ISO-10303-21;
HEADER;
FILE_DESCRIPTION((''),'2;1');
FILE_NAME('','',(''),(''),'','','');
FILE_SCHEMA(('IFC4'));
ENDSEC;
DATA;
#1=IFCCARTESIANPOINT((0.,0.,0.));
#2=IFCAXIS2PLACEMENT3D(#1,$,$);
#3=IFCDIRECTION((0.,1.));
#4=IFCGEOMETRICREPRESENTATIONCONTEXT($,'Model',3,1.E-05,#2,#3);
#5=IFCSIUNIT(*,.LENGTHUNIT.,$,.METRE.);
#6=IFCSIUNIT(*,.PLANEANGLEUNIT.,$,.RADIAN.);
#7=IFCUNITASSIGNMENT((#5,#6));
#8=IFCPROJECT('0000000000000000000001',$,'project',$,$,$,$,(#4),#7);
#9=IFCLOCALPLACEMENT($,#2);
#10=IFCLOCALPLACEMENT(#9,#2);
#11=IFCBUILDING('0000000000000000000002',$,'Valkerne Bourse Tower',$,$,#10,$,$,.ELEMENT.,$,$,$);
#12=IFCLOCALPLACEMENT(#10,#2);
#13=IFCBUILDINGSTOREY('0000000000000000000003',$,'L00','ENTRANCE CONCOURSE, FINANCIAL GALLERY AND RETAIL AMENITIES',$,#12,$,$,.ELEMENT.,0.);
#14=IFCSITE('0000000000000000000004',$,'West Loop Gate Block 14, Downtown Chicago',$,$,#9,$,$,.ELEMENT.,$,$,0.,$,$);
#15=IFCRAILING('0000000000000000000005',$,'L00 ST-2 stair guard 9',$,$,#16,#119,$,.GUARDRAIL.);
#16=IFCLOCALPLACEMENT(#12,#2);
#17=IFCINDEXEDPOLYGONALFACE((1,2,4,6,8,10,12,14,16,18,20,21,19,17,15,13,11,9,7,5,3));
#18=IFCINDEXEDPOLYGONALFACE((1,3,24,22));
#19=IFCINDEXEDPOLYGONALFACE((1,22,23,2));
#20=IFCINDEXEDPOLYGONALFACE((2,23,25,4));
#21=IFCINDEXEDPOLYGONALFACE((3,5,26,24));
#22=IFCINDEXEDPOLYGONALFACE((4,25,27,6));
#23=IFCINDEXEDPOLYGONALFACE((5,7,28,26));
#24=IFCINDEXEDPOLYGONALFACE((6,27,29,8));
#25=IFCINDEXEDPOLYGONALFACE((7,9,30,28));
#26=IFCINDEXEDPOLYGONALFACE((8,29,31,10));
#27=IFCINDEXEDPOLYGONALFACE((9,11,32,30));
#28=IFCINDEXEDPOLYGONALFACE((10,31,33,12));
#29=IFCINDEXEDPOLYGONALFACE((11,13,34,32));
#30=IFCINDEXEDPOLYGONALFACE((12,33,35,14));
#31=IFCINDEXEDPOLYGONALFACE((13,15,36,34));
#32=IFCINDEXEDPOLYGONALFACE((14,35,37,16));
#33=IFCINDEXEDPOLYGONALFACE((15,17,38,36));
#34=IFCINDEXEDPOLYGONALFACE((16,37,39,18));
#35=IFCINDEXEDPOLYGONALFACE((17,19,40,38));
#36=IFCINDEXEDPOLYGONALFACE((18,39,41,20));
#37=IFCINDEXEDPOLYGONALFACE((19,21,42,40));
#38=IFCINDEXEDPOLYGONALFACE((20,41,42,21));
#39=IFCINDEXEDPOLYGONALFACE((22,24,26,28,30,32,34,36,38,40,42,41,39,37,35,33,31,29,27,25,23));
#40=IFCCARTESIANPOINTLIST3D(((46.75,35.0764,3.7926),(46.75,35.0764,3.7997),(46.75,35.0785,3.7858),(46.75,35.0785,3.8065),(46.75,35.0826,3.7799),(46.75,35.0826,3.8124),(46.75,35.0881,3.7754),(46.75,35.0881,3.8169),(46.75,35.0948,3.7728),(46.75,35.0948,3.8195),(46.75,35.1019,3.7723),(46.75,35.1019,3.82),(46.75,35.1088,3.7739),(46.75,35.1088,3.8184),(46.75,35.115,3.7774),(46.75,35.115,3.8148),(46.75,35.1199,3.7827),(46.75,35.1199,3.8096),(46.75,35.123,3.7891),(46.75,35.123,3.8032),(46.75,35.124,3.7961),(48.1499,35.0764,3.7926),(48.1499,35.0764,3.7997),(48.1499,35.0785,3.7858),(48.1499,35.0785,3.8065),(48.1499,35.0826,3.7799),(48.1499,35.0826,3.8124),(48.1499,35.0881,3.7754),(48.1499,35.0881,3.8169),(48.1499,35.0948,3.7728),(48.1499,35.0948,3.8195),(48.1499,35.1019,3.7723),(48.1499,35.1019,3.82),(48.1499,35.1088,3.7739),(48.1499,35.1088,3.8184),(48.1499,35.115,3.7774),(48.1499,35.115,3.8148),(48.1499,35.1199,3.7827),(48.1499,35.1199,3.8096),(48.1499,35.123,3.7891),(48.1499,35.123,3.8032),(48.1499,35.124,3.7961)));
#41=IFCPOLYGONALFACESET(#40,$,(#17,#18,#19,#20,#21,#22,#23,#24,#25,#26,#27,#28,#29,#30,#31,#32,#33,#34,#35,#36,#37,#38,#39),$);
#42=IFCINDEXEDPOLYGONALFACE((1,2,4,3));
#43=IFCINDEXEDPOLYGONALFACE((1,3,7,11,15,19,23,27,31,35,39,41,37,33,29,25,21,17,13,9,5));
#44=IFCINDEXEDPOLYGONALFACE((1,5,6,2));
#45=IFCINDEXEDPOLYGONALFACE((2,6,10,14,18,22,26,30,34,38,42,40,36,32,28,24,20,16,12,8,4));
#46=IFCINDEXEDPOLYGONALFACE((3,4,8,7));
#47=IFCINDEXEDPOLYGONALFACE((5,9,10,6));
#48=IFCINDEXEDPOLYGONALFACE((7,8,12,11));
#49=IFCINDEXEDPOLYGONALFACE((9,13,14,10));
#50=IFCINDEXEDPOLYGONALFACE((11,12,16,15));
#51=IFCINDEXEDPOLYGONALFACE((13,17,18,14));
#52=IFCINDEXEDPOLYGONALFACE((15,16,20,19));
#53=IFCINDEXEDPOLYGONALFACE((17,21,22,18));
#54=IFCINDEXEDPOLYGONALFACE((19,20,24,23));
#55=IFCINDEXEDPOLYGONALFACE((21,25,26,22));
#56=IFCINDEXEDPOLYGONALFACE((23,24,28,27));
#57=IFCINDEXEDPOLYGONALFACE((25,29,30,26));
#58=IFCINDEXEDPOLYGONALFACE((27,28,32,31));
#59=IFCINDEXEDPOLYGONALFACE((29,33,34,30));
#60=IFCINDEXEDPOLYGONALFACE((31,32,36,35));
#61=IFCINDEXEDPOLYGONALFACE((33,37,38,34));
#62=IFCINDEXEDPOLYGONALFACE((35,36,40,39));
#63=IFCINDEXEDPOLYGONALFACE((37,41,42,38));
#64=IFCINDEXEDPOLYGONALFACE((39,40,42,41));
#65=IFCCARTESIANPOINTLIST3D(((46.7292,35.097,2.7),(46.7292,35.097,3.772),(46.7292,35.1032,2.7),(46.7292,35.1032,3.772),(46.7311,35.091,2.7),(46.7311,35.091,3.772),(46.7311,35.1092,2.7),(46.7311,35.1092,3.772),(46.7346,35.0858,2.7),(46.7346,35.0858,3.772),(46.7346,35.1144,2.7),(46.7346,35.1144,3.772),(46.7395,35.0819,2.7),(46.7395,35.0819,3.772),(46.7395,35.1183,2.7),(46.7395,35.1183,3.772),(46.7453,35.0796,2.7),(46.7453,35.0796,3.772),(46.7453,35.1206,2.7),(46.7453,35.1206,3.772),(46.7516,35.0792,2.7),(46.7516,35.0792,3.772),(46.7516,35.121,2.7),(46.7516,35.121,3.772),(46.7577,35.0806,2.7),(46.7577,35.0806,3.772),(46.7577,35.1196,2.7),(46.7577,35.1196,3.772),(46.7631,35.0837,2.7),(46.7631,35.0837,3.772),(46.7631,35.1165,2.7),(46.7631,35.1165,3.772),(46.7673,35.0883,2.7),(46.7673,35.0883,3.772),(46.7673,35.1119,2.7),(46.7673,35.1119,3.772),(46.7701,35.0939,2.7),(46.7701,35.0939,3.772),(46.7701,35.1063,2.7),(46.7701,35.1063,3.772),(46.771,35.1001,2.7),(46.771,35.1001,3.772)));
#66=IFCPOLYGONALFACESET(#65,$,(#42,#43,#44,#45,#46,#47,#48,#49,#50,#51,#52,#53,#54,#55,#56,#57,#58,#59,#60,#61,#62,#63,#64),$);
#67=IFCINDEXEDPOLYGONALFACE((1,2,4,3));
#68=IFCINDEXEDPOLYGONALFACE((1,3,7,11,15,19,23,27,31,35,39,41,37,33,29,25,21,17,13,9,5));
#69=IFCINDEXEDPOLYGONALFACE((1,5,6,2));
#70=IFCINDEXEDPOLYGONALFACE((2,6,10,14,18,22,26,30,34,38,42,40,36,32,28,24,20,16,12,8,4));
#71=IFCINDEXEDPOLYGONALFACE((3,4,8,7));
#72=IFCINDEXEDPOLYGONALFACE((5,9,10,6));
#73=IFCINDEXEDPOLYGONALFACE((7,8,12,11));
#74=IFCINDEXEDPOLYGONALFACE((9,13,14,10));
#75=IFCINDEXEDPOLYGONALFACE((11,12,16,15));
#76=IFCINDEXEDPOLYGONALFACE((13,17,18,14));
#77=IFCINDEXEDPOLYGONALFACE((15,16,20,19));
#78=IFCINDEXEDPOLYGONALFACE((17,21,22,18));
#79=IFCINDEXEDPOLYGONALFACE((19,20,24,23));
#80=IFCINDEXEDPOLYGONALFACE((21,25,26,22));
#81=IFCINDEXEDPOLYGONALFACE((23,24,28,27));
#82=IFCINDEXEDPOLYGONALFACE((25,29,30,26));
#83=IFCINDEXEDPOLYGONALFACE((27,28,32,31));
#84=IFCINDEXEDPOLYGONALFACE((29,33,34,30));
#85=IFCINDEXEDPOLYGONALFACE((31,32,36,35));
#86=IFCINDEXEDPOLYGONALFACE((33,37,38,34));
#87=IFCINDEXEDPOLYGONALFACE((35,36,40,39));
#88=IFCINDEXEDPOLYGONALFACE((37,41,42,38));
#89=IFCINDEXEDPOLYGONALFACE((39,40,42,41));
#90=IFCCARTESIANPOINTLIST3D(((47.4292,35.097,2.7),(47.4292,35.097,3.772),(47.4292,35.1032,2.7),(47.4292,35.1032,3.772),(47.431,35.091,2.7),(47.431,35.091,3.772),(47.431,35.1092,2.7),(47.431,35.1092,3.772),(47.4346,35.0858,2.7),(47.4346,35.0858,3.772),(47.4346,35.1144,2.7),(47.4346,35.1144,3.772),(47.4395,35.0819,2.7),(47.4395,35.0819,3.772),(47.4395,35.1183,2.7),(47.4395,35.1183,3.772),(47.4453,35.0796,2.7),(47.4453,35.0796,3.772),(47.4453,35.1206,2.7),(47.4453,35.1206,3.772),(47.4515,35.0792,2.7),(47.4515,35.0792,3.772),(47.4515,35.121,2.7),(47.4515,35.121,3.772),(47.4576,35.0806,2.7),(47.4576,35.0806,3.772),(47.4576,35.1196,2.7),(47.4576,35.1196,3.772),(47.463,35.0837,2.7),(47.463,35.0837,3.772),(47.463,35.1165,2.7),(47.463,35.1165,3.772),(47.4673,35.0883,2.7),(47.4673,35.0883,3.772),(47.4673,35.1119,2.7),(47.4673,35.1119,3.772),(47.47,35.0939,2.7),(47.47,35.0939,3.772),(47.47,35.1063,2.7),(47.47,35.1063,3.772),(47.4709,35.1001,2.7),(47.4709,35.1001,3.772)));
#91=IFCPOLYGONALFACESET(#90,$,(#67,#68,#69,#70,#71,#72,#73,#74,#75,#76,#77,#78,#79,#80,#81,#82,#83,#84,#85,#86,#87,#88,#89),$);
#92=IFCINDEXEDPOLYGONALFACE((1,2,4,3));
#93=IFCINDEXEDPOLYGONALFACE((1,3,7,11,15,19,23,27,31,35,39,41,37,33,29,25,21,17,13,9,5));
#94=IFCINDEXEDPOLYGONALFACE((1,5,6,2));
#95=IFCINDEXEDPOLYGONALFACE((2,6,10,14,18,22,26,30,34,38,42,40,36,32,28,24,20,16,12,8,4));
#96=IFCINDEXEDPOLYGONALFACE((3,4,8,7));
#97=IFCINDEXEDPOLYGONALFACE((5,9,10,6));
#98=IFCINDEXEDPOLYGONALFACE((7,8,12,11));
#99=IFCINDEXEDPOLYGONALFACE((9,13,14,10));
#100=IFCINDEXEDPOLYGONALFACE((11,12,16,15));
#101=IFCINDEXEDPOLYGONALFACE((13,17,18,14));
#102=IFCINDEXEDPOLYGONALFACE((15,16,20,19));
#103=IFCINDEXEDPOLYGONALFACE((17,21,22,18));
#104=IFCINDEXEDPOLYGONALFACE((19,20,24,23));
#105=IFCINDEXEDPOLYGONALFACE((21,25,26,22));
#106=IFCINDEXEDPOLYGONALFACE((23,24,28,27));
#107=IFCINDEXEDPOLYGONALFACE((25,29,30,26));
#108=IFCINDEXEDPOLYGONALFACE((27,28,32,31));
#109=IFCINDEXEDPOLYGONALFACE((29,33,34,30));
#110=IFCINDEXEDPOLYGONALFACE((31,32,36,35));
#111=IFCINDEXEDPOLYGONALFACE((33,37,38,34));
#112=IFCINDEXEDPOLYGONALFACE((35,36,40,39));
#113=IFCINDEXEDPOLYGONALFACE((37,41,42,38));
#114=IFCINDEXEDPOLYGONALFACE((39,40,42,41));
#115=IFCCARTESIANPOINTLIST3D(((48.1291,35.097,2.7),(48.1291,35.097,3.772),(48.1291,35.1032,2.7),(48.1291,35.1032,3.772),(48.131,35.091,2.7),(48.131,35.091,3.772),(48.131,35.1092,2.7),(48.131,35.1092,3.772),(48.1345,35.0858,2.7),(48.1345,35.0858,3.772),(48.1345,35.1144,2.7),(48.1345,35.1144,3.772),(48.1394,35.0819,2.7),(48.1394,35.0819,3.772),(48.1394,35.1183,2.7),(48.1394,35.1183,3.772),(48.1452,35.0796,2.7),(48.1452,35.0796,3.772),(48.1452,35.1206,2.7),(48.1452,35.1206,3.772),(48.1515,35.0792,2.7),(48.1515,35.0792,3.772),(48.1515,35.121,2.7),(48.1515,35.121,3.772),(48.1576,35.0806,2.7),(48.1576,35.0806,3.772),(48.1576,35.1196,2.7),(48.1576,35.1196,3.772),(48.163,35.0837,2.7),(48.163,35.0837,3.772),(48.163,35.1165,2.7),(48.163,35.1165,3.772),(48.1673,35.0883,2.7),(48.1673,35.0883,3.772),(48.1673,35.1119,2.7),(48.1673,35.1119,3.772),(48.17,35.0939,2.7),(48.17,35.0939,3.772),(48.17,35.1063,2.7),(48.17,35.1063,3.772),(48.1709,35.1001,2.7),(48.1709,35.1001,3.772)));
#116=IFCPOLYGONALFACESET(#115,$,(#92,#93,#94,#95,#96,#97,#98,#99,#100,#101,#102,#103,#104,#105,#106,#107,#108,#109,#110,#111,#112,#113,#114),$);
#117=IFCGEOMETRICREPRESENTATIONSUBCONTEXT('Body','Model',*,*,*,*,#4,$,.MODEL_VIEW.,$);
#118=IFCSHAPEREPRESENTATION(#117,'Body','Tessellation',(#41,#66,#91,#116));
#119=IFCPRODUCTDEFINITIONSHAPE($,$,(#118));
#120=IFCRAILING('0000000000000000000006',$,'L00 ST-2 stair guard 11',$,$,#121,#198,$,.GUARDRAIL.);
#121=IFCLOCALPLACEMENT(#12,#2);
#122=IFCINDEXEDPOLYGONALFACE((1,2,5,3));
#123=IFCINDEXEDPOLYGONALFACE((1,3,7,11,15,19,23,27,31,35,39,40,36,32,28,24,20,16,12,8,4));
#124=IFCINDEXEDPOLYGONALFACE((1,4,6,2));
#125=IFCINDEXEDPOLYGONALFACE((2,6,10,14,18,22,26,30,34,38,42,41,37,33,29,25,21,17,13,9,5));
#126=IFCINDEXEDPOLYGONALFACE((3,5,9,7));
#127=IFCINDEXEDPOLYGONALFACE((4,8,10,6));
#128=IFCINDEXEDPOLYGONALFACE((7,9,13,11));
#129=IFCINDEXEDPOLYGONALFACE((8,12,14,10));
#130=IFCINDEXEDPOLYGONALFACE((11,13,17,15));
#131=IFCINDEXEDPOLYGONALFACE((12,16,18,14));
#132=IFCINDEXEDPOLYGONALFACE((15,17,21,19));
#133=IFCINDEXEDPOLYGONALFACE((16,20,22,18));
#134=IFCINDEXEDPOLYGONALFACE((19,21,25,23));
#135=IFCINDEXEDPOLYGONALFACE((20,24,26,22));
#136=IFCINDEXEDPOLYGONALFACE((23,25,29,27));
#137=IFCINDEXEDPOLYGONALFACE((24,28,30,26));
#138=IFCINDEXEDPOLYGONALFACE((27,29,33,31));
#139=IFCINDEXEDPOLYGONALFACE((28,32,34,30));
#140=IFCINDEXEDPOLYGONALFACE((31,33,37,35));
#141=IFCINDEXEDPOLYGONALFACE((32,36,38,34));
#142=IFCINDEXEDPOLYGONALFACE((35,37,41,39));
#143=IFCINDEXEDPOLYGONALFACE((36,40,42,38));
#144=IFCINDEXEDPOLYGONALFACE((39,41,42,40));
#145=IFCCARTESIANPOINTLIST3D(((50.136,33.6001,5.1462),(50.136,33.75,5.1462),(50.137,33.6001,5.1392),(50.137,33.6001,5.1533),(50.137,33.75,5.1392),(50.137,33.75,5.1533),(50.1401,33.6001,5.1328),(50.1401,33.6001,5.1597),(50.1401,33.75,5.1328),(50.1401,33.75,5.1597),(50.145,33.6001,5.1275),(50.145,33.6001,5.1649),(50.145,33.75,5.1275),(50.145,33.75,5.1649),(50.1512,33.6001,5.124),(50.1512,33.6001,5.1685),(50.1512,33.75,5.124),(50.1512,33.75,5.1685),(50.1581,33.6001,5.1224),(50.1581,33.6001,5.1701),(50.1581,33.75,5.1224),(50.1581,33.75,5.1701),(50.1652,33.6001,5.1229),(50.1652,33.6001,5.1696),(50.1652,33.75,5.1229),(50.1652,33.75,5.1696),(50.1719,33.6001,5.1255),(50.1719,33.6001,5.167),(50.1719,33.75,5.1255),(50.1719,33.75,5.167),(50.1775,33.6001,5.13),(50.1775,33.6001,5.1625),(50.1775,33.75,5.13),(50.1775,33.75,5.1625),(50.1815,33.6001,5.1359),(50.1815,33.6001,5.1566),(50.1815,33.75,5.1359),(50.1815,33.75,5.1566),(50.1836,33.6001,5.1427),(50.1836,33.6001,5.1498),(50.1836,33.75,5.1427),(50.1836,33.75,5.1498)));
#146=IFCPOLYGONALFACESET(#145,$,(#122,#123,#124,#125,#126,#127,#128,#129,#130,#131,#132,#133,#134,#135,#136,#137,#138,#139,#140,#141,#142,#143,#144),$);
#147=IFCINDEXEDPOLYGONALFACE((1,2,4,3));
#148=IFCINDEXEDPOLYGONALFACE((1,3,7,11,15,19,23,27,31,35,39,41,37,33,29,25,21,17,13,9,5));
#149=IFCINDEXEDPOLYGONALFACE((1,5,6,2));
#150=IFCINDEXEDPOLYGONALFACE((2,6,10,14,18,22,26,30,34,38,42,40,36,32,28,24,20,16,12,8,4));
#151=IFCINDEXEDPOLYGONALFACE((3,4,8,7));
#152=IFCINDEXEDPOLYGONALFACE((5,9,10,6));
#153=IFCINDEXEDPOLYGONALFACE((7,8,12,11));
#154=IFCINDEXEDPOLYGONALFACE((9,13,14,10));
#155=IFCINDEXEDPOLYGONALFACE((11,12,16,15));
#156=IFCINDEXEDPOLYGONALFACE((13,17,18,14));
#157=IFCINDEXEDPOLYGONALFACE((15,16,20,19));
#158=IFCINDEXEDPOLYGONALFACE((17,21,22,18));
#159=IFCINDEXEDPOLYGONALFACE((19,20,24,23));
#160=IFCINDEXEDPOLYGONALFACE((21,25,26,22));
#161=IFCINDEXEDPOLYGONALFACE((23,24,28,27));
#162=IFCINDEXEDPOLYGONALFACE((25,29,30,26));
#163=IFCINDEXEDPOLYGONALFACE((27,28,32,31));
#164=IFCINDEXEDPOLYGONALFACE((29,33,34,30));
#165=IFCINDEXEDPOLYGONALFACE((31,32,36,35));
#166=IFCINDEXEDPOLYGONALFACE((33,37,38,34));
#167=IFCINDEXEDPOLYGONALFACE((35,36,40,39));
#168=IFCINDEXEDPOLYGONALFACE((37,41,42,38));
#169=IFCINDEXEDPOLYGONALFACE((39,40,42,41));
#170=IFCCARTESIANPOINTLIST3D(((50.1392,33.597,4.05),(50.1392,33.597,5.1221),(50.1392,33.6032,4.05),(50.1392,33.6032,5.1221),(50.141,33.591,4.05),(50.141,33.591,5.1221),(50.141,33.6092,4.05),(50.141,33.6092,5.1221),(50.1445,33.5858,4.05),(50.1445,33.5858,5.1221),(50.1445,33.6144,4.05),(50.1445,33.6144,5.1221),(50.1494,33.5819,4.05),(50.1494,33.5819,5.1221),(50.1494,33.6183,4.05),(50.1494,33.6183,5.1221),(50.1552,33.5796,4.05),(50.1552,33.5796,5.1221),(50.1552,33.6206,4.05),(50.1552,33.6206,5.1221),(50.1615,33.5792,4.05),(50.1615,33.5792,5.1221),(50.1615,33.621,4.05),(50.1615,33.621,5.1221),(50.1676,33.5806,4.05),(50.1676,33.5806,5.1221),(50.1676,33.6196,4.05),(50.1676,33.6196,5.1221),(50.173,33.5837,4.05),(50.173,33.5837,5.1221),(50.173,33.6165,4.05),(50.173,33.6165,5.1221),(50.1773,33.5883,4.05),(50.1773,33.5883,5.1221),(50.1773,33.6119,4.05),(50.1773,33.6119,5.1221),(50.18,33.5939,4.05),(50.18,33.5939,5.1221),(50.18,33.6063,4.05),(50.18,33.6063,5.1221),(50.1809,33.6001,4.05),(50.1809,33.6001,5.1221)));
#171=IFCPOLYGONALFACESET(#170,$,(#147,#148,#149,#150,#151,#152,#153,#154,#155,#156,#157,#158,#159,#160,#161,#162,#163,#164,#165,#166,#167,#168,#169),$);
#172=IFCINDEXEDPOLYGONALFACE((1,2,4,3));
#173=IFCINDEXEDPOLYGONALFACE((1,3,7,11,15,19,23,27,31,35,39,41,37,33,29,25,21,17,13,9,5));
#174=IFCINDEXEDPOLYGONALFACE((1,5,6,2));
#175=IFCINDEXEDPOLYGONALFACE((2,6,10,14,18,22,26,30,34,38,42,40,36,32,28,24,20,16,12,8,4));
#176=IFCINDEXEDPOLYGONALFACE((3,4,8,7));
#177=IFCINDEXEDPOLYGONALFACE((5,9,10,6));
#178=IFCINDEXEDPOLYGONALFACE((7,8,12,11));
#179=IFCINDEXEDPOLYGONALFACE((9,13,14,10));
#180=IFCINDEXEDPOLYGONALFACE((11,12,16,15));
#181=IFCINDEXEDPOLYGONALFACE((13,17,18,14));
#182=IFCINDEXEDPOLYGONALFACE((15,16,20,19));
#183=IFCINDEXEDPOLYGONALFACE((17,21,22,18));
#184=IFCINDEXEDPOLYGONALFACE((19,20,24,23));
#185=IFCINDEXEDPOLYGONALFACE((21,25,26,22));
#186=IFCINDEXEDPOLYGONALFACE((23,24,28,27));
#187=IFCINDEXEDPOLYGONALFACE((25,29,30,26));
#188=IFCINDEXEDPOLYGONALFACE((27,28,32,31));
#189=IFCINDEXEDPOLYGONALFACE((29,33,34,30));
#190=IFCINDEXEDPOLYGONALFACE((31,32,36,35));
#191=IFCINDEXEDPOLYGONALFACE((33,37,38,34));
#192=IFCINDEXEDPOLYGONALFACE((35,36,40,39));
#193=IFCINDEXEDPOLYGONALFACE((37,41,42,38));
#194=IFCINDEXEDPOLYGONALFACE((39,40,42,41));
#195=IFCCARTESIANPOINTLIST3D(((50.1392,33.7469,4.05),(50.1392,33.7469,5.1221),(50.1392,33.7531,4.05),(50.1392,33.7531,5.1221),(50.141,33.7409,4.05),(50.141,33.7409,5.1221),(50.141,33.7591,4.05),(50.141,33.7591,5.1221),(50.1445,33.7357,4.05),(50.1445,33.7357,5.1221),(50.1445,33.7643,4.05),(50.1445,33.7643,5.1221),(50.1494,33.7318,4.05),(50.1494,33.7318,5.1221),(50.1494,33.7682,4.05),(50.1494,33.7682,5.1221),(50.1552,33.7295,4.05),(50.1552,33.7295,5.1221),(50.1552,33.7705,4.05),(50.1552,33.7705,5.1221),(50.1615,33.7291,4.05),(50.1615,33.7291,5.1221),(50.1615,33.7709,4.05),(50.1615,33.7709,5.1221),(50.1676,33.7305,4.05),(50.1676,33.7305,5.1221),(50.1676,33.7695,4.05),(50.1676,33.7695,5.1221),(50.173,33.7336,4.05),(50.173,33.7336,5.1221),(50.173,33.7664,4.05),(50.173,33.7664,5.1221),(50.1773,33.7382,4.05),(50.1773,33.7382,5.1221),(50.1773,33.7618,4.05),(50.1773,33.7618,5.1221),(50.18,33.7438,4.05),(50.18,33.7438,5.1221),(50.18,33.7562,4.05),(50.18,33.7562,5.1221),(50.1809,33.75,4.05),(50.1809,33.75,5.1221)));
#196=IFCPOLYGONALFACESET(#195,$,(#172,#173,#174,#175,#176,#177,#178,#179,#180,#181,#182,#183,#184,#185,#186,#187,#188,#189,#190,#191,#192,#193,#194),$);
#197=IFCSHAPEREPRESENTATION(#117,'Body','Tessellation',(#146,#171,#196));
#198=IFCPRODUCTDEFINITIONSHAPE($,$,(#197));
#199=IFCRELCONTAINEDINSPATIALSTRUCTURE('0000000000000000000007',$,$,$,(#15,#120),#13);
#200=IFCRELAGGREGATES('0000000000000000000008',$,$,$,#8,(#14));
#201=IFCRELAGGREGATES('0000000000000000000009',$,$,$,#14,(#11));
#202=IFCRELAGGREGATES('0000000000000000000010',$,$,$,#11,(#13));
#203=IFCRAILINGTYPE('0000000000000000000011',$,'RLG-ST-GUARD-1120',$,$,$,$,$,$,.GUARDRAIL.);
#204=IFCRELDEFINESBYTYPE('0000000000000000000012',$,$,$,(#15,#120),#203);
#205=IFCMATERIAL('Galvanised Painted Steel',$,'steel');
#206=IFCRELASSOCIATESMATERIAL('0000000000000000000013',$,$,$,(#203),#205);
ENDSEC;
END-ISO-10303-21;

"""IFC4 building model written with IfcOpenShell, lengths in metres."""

from ifc_helpers import new_model, si_unit, direction, frame, origin, origin_2d, place, context, subcontext, project, spatial, circle, extrude, material, type_object, element, save


model = new_model("IFC4")

# Units and contexts
model_context = context("Model", 3, precision=1e-05, world=origin(), true_north=direction((0.0, 1.0)))
body_context = subcontext(model_context, "Body", "Model", "MODEL_VIEW")
ifc_project = project(units=[si_unit("LENGTHUNIT", "METRE"), si_unit("PLANEANGLEUNIT", "RADIAN")], contexts=[model_context])

# Site, building, storey
site_placement = place(None, origin())
site = spatial("IfcSite", under=ifc_project, at=site_placement, Name="West Loop Gate Block 14, Downtown Chicago", CompositionType="ELEMENT", RefElevation=0.0)
building_placement = place(site_placement, origin())
building = spatial("IfcBuilding", under=site, at=building_placement, Name="Valkerne Bourse Tower", CompositionType="ELEMENT")
storey_placement = place(building_placement, origin())
storey = spatial("IfcBuildingStorey", under=building, at=storey_placement, Name="L00", Description="ENTRANCE CONCOURSE, FINANCIAL GALLERY AND RETAIL AMENITIES", CompositionType="ELEMENT", Elevation=0.0)

# Railings
ifc_material_1 = material(Name="Galvanised Painted Steel", Category="steel")
railing_type_1 = type_object("IfcRailingType", Name="RLG-ST-GUARD-1120", PredefinedType="GUARDRAIL", material=ifc_material_1)
railing_1_placement = place(storey_placement, frame((46.75, 35.1001, 2.7)))
element("IfcRailing", 1, at=railing_1_placement, inside=storey, type_object=railing_type_1, Name="L00 ST-2 stair guard 9", PredefinedType="GUARDRAIL", context=body_context, shape_type="SweptSolid", body=[
    extrude(circle(Radius=0.0239, at=origin_2d()), frame((0.0, 0.0, 1.0962), z_axis=(1.0, 0.0, 0.0), x_axis=(0.0, 1.0, 0.0)), (0.0, 0.0, 1.0), 1.3999),
    extrude(circle(Radius=0.021, at=origin_2d()), origin(), (0.0, 0.0, 1.0), 1.072),
    extrude(circle(Radius=0.021, at=origin_2d()), frame((0.7, 0.0, 0.0)), (0.0, 0.0, 1.0), 1.072),
    extrude(circle(Radius=0.021, at=origin_2d()), frame((1.3999, 0.0, 0.0)), (0.0, 0.0, 1.0), 1.072),
])
railing_2_placement = place(storey_placement, frame((50.1599, 33.6001, 4.05)))
element("IfcRailing", 2, at=railing_2_placement, inside=storey, type_object=railing_type_1, Name="L00 ST-2 stair guard 11", PredefinedType="GUARDRAIL", context=body_context, shape_type="SweptSolid", body=[
    extrude(circle(Radius=0.0239, at=origin_2d()), frame((0.0, 0.0, 1.0962), z_axis=(0.0, 1.0, 0.0), x_axis=(-1.0, 0.0, 0.0)), (0.0, 0.0, 1.0), 0.1499),
    extrude(circle(Radius=0.021, at=origin_2d()), origin(), (0.0, 0.0, 1.0), 1.072),
    extrude(circle(Radius=0.021, at=origin_2d()), frame((0.0, 0.1499, 0.0)), (0.0, 0.0, 1.0), 1.072),
])

save(model, "model.ifc")
